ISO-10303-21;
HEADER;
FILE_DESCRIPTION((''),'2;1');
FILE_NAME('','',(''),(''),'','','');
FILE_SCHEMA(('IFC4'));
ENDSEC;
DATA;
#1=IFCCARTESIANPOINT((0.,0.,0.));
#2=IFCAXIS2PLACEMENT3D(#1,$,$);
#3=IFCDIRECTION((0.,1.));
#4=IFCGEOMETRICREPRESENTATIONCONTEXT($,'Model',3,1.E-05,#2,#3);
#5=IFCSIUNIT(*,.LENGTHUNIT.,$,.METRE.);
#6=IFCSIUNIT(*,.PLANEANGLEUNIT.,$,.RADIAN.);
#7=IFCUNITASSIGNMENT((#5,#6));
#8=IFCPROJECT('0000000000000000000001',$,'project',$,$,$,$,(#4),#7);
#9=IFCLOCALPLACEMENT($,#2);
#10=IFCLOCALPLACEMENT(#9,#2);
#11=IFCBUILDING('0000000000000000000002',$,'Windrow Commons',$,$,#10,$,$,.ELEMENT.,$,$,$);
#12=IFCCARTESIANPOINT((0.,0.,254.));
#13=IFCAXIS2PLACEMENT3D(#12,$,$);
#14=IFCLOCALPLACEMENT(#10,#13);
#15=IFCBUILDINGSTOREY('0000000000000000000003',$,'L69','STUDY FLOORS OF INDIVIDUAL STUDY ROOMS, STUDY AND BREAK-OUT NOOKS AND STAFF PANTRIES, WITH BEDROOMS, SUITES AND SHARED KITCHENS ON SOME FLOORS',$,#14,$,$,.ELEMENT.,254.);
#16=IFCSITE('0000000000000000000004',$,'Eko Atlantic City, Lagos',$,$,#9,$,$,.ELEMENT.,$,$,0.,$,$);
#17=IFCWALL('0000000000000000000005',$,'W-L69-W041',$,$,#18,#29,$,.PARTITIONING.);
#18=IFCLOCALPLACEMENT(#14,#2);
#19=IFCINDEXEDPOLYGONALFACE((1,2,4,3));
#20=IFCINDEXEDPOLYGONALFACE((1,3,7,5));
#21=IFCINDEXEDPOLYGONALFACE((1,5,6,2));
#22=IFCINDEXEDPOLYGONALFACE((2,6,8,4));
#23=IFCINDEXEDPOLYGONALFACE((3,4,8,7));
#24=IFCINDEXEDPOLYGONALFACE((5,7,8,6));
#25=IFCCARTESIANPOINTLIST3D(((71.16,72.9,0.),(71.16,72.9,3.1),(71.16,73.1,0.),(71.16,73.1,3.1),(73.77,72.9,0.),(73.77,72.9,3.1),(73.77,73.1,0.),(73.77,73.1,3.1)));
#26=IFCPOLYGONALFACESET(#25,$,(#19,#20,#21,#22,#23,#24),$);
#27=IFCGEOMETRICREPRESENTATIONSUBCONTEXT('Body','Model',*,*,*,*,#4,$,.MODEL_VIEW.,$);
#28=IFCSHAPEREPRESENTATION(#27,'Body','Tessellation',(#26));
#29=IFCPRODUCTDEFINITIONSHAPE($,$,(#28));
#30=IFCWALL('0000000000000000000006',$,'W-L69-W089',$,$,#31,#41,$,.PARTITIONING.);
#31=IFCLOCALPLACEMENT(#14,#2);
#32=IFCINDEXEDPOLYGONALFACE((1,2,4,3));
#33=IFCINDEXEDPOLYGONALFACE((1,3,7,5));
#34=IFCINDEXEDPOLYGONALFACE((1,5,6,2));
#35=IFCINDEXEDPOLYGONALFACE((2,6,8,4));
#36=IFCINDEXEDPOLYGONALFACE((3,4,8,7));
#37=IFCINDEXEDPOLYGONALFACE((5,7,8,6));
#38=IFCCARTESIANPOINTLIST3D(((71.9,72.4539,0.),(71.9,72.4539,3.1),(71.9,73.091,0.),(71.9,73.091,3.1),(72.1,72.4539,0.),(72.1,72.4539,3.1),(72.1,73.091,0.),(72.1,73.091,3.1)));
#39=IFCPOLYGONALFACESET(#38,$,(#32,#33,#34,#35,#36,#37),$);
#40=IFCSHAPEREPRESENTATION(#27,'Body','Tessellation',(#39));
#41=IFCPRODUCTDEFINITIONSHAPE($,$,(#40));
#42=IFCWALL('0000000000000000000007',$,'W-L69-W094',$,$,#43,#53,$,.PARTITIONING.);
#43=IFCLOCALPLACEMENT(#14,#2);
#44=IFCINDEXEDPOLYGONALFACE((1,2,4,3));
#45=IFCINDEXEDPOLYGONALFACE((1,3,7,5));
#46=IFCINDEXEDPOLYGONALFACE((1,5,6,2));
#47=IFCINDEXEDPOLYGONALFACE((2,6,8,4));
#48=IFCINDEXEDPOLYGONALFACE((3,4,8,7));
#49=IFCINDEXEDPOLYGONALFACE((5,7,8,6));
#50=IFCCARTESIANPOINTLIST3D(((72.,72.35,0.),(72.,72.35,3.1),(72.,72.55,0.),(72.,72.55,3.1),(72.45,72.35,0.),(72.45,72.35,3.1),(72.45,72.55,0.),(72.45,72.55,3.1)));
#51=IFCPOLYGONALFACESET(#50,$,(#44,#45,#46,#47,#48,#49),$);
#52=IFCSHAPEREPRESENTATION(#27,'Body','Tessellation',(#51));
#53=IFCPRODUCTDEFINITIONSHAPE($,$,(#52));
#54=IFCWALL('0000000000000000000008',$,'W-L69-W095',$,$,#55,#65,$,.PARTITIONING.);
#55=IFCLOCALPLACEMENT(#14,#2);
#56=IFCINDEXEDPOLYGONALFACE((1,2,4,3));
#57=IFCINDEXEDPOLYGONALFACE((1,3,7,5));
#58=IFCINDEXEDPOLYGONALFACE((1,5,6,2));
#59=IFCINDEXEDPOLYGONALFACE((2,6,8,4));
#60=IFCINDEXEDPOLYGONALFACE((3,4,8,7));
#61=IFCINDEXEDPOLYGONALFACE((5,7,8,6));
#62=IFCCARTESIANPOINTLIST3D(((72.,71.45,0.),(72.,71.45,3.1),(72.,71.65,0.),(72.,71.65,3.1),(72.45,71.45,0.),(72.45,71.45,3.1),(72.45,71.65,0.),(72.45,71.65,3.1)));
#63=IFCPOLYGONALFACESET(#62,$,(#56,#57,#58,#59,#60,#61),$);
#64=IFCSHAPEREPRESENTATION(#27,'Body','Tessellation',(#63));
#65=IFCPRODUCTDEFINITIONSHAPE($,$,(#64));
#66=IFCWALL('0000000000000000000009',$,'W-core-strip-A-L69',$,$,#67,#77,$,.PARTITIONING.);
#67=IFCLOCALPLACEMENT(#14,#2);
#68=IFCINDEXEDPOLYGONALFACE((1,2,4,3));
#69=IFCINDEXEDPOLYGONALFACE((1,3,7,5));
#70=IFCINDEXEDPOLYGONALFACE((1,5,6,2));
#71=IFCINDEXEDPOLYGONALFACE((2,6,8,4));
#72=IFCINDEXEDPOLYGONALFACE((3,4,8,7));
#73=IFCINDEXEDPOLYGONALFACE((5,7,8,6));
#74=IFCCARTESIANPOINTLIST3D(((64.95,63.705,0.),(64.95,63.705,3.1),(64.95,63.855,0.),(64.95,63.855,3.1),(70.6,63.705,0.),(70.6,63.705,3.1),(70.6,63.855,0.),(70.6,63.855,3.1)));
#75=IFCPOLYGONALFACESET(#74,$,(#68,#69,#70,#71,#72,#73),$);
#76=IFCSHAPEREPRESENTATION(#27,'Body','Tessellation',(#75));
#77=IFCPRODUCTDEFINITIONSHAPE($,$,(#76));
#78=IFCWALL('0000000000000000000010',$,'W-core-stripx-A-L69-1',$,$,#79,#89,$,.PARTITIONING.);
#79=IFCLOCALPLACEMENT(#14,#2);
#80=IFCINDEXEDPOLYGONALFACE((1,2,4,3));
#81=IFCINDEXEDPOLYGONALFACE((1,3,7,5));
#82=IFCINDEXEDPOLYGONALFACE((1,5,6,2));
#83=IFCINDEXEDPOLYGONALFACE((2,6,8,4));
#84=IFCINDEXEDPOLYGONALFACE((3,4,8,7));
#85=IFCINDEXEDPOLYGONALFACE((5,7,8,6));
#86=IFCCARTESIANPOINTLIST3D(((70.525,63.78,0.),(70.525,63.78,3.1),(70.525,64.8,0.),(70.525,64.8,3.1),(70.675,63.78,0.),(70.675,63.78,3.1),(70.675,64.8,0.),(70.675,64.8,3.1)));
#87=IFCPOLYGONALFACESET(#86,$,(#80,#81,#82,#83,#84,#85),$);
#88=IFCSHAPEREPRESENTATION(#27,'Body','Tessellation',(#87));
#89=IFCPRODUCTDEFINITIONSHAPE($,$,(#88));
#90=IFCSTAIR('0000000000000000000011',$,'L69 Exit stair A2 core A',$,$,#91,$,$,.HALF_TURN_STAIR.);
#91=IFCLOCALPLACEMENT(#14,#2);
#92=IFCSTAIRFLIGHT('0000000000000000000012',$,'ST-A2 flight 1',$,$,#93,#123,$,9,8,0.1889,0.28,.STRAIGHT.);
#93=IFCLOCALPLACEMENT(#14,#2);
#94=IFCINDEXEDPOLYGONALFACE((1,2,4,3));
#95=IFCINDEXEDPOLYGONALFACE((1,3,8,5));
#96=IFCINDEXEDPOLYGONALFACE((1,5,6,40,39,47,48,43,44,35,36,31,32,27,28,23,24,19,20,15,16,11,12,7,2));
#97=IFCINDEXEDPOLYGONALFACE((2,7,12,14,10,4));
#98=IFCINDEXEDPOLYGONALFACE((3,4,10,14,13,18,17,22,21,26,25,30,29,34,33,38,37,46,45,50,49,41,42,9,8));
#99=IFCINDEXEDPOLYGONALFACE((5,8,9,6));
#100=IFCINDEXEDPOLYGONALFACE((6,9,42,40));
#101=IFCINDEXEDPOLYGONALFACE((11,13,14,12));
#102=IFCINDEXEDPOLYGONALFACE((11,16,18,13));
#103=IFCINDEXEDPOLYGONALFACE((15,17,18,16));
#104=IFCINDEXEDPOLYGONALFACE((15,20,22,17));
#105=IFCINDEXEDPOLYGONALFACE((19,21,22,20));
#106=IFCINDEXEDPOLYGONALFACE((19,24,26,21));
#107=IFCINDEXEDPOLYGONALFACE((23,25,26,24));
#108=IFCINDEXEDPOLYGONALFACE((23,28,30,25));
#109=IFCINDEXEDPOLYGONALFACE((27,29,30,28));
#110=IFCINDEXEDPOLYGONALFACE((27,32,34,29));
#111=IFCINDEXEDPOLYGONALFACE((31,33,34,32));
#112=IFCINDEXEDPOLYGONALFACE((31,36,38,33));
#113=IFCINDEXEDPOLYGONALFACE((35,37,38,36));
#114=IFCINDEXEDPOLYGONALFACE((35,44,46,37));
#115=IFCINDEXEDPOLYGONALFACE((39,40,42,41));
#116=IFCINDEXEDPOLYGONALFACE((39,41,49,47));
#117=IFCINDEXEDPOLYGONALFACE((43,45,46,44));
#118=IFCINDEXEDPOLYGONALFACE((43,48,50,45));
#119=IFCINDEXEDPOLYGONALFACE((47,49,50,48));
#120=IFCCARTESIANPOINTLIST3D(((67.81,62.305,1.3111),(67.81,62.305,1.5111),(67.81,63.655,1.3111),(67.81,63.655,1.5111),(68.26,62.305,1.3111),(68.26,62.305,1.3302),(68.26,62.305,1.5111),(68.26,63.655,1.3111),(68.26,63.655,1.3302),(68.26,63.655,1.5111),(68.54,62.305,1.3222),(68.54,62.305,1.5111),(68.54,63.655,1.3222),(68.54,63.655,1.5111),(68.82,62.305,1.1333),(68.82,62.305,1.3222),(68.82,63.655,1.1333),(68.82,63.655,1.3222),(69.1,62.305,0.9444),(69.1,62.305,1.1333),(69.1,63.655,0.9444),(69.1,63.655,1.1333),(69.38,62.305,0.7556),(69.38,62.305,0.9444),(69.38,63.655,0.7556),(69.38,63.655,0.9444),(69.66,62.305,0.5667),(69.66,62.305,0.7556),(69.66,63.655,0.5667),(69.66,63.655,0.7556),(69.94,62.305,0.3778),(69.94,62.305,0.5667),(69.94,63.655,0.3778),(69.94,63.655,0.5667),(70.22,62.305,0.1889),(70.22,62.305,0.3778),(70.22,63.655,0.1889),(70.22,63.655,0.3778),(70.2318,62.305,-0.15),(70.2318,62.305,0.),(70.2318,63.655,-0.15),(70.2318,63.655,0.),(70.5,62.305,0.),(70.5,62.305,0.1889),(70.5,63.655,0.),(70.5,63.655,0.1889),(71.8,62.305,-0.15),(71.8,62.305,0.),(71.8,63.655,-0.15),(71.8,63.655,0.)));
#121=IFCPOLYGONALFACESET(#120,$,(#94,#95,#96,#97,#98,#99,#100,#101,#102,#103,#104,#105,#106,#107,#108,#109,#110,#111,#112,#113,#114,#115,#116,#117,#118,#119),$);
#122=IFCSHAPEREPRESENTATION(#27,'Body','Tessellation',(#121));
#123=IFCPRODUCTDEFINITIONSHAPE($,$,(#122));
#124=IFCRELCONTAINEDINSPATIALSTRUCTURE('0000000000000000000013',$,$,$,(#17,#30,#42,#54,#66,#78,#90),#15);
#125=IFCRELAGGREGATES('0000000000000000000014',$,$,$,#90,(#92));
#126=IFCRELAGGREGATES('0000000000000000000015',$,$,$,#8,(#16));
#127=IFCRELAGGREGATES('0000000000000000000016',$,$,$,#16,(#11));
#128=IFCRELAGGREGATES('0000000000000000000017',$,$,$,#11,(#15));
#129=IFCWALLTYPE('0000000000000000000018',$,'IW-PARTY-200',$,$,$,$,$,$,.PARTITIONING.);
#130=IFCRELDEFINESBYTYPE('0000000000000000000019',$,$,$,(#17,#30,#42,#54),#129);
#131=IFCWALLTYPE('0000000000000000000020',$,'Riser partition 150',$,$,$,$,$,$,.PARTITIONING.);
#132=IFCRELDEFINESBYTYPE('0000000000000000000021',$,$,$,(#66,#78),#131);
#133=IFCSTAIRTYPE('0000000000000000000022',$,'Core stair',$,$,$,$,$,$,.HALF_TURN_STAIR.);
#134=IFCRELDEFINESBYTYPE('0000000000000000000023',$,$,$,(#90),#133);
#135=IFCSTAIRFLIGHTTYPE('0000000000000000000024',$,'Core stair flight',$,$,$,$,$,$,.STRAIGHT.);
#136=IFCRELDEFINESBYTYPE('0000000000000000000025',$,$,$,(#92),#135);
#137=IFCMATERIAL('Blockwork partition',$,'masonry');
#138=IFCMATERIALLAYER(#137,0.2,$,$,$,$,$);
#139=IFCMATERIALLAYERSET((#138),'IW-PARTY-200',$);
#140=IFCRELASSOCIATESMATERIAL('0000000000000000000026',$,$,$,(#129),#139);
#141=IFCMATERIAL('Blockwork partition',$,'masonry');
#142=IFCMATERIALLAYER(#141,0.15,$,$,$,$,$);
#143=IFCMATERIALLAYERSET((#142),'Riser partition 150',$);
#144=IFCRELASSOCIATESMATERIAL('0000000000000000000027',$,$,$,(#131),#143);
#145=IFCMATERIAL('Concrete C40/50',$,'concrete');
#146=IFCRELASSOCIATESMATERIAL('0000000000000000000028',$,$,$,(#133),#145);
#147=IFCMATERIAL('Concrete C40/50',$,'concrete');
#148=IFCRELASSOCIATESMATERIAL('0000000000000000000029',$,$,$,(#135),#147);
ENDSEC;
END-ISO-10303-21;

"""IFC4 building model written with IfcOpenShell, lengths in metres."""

from ifc_helpers import new_model, si_unit, direction, frame, frame_2d, origin, place, context, subcontext, project, spatial, polyline, rectangle, outline, extrude, material, layer, layer_set, type_object, element, aggregate, save


model = new_model("IFC4")

# Units and contexts
model_context = context("Model", 3, precision=1e-05, world=origin(), true_north=direction((0.0, 1.0)))
body_context = subcontext(model_context, "Body", "Model", "MODEL_VIEW")
ifc_project = project(units=[si_unit("LENGTHUNIT", "METRE"), si_unit("PLANEANGLEUNIT", "RADIAN")], contexts=[model_context])

# Site, building, storey
site_placement = place(None, origin())
site = spatial("IfcSite", under=ifc_project, at=site_placement, Name="Eko Atlantic City, Lagos", CompositionType="ELEMENT", RefElevation=0.0)
building_placement = place(site_placement, origin())
building = spatial("IfcBuilding", under=site, at=building_placement, Name="Windrow Commons", CompositionType="ELEMENT")
storey_placement = place(building_placement, frame((0.0, 0.0, 254.0)))
storey = spatial("IfcBuildingStorey", under=building, at=storey_placement, Name="L69", Description="STUDY FLOORS OF INDIVIDUAL STUDY ROOMS, STUDY AND BREAK-OUT NOOKS AND STAFF PANTRIES, WITH BEDROOMS, SUITES AND SHARED KITCHENS ON SOME FLOORS", CompositionType="ELEMENT", Elevation=254.0)

# Walls
ifc_material_1 = material(Name="Blockwork partition", Category="masonry")
ifc_layer_1 = layer(ifc_material_1, 0.2)
ifc_layer_set_1 = layer_set([ifc_layer_1], Name="IW-PARTY-200")
wall_type_1 = type_object("IfcWallType", Name="IW-PARTY-200", PredefinedType="PARTITIONING", material=ifc_layer_set_1)
wall_1_placement = place(storey_placement, frame((71.1599, 73.0, 0.0), z_axis=(0.0, 0.0, 1.0), x_axis=(1.0, 0.0, 0.0)))
element("IfcWall", 1, at=wall_1_placement, inside=storey, type_object=wall_type_1, Name="W-L69-W041", PredefinedType="PARTITIONING", context=body_context, shape_type="SweptSolid", body=[
    extrude(rectangle(XDim=2.6101, YDim=0.2, at=frame_2d((1.3051, 0.0))), origin(), (0.0, 0.0, 1.0), 3.1),
])
wall_2_placement = place(storey_placement, frame((72.0, 72.454, 0.0), z_axis=(0.0, 0.0, 1.0), x_axis=(0.0, 1.0, 0.0)))
element("IfcWall", 2, at=wall_2_placement, inside=storey, type_object=wall_type_1, Name="W-L69-W089", PredefinedType="PARTITIONING", context=body_context, shape_type="SweptSolid", body=[
    extrude(rectangle(XDim=0.6371, YDim=0.2, at=frame_2d((0.3185, 0.0))), origin(), (0.0, 0.0, 1.0), 3.1),
])
for number, where, z_axis, x_axis, name in (
    (3, (72.0, 72.45, 0.0), (0.0, 0.0, 1.0), (1.0, 0.0, 0.0), "W-L69-W094"),
    (4, (72.0, 71.55, 0.0), (0.0, 0.0, 1.0), (1.0, 0.0, 0.0), "W-L69-W095"),
):
    element("IfcWall", number, at=place(storey_placement, frame(where, z_axis=z_axis, x_axis=x_axis)), inside=storey, type_object=wall_type_1, Name=name, PredefinedType="PARTITIONING", context=body_context, shape_type="SweptSolid", body=[
        extrude(rectangle(XDim=0.45, YDim=0.2, at=frame_2d((0.225, 0.0))), origin(), (0.0, 0.0, 1.0), 3.1),
    ])
ifc_material_2 = material(Name="Blockwork partition", Category="masonry")
ifc_layer_2 = layer(ifc_material_2, 0.15)
ifc_layer_set_2 = layer_set([ifc_layer_2], Name="Riser partition 150")
wall_type_2 = type_object("IfcWallType", Name="Riser partition 150", PredefinedType="PARTITIONING", material=ifc_layer_set_2)
wall_3_placement = place(storey_placement, frame((64.95, 63.78, 0.0), z_axis=(0.0, 0.0, 1.0), x_axis=(1.0, 0.0, 0.0)))
element("IfcWall", 5, at=wall_3_placement, inside=storey, type_object=wall_type_2, Name="W-core-strip-A-L69", PredefinedType="PARTITIONING", context=body_context, shape_type="SweptSolid", body=[
    extrude(rectangle(XDim=5.65, YDim=0.15, at=frame_2d((2.825, 0.0))), origin(), (0.0, 0.0, 1.0), 3.1),
])
wall_4_placement = place(storey_placement, frame((70.6, 63.78, 0.0), z_axis=(0.0, 0.0, 1.0), x_axis=(0.0, 1.0, 0.0)))
element("IfcWall", 6, at=wall_4_placement, inside=storey, type_object=wall_type_2, Name="W-core-stripx-A-L69-1", PredefinedType="PARTITIONING", context=body_context, shape_type="SweptSolid", body=[
    extrude(rectangle(XDim=1.02, YDim=0.15, at=frame_2d((0.51, 0.0))), origin(), (0.0, 0.0, 1.0), 3.1),
])

# Stair, stair flight
ifc_material_3 = material(Name="Concrete C40/50", Category="concrete")
stair_type = type_object("IfcStairType", Name="Core stair", PredefinedType="HALF_TURN_STAIR", material=ifc_material_3)
stair_placement = place(storey_placement, origin())
stair = element("IfcStair", 7, at=stair_placement, inside=storey, type_object=stair_type, Name="L69 Exit stair A2 core A", PredefinedType="HALF_TURN_STAIR")
ifc_material_4 = material(Name="Concrete C40/50", Category="concrete")
stair_flight_type = type_object("IfcStairFlightType", Name="Core stair flight", PredefinedType="STRAIGHT", material=ifc_material_4)
stair_flight_placement = place(storey_placement, frame((70.5, 62.98, 0.0), z_axis=(0.0, 0.0, 1.0), x_axis=(-1.0, 0.0, 0.0)))
stair_flight = element("IfcStairFlight", 8, at=stair_flight_placement, type_object=stair_flight_type, Name="ST-A2 flight 1", NumberOfRisers=9, NumberOfTreads=8, PredefinedType="STRAIGHT", RiserHeight=0.1889, TreadLength=0.28, context=body_context, shape_type="SweptSolid", body=[
    extrude(outline(polyline([(-1.3, -0.15), (-1.3, 0.0), (0.0, 0.0), (0.0, 0.1889), (0.28, 0.1889), (0.28, 0.3778), (0.56, 0.3778), (0.56, 0.5667), (0.84, 0.5667), (0.84, 0.7556), (1.12, 0.7556), (1.12, 0.9444), (1.4, 0.9444), (1.4, 1.1333), (1.68, 1.1333), (1.68, 1.3222), (1.96, 1.3222), (1.96, 1.5111), (2.24, 1.5111), (2.69, 1.5111), (2.69, 1.3111), (2.24, 1.3111), (2.24, 1.3302), (0.2682, 0.0), (0.2682, -0.15), (-1.3, -0.15)])), frame((0.0, 0.675, 0.0), z_axis=(0.0, -1.0, 0.0), x_axis=(1.0, 0.0, 0.0)), (0.0, 0.0, 1.0), 1.35),
])
aggregate(stair, [stair_flight])

save(model, "model.ifc")
